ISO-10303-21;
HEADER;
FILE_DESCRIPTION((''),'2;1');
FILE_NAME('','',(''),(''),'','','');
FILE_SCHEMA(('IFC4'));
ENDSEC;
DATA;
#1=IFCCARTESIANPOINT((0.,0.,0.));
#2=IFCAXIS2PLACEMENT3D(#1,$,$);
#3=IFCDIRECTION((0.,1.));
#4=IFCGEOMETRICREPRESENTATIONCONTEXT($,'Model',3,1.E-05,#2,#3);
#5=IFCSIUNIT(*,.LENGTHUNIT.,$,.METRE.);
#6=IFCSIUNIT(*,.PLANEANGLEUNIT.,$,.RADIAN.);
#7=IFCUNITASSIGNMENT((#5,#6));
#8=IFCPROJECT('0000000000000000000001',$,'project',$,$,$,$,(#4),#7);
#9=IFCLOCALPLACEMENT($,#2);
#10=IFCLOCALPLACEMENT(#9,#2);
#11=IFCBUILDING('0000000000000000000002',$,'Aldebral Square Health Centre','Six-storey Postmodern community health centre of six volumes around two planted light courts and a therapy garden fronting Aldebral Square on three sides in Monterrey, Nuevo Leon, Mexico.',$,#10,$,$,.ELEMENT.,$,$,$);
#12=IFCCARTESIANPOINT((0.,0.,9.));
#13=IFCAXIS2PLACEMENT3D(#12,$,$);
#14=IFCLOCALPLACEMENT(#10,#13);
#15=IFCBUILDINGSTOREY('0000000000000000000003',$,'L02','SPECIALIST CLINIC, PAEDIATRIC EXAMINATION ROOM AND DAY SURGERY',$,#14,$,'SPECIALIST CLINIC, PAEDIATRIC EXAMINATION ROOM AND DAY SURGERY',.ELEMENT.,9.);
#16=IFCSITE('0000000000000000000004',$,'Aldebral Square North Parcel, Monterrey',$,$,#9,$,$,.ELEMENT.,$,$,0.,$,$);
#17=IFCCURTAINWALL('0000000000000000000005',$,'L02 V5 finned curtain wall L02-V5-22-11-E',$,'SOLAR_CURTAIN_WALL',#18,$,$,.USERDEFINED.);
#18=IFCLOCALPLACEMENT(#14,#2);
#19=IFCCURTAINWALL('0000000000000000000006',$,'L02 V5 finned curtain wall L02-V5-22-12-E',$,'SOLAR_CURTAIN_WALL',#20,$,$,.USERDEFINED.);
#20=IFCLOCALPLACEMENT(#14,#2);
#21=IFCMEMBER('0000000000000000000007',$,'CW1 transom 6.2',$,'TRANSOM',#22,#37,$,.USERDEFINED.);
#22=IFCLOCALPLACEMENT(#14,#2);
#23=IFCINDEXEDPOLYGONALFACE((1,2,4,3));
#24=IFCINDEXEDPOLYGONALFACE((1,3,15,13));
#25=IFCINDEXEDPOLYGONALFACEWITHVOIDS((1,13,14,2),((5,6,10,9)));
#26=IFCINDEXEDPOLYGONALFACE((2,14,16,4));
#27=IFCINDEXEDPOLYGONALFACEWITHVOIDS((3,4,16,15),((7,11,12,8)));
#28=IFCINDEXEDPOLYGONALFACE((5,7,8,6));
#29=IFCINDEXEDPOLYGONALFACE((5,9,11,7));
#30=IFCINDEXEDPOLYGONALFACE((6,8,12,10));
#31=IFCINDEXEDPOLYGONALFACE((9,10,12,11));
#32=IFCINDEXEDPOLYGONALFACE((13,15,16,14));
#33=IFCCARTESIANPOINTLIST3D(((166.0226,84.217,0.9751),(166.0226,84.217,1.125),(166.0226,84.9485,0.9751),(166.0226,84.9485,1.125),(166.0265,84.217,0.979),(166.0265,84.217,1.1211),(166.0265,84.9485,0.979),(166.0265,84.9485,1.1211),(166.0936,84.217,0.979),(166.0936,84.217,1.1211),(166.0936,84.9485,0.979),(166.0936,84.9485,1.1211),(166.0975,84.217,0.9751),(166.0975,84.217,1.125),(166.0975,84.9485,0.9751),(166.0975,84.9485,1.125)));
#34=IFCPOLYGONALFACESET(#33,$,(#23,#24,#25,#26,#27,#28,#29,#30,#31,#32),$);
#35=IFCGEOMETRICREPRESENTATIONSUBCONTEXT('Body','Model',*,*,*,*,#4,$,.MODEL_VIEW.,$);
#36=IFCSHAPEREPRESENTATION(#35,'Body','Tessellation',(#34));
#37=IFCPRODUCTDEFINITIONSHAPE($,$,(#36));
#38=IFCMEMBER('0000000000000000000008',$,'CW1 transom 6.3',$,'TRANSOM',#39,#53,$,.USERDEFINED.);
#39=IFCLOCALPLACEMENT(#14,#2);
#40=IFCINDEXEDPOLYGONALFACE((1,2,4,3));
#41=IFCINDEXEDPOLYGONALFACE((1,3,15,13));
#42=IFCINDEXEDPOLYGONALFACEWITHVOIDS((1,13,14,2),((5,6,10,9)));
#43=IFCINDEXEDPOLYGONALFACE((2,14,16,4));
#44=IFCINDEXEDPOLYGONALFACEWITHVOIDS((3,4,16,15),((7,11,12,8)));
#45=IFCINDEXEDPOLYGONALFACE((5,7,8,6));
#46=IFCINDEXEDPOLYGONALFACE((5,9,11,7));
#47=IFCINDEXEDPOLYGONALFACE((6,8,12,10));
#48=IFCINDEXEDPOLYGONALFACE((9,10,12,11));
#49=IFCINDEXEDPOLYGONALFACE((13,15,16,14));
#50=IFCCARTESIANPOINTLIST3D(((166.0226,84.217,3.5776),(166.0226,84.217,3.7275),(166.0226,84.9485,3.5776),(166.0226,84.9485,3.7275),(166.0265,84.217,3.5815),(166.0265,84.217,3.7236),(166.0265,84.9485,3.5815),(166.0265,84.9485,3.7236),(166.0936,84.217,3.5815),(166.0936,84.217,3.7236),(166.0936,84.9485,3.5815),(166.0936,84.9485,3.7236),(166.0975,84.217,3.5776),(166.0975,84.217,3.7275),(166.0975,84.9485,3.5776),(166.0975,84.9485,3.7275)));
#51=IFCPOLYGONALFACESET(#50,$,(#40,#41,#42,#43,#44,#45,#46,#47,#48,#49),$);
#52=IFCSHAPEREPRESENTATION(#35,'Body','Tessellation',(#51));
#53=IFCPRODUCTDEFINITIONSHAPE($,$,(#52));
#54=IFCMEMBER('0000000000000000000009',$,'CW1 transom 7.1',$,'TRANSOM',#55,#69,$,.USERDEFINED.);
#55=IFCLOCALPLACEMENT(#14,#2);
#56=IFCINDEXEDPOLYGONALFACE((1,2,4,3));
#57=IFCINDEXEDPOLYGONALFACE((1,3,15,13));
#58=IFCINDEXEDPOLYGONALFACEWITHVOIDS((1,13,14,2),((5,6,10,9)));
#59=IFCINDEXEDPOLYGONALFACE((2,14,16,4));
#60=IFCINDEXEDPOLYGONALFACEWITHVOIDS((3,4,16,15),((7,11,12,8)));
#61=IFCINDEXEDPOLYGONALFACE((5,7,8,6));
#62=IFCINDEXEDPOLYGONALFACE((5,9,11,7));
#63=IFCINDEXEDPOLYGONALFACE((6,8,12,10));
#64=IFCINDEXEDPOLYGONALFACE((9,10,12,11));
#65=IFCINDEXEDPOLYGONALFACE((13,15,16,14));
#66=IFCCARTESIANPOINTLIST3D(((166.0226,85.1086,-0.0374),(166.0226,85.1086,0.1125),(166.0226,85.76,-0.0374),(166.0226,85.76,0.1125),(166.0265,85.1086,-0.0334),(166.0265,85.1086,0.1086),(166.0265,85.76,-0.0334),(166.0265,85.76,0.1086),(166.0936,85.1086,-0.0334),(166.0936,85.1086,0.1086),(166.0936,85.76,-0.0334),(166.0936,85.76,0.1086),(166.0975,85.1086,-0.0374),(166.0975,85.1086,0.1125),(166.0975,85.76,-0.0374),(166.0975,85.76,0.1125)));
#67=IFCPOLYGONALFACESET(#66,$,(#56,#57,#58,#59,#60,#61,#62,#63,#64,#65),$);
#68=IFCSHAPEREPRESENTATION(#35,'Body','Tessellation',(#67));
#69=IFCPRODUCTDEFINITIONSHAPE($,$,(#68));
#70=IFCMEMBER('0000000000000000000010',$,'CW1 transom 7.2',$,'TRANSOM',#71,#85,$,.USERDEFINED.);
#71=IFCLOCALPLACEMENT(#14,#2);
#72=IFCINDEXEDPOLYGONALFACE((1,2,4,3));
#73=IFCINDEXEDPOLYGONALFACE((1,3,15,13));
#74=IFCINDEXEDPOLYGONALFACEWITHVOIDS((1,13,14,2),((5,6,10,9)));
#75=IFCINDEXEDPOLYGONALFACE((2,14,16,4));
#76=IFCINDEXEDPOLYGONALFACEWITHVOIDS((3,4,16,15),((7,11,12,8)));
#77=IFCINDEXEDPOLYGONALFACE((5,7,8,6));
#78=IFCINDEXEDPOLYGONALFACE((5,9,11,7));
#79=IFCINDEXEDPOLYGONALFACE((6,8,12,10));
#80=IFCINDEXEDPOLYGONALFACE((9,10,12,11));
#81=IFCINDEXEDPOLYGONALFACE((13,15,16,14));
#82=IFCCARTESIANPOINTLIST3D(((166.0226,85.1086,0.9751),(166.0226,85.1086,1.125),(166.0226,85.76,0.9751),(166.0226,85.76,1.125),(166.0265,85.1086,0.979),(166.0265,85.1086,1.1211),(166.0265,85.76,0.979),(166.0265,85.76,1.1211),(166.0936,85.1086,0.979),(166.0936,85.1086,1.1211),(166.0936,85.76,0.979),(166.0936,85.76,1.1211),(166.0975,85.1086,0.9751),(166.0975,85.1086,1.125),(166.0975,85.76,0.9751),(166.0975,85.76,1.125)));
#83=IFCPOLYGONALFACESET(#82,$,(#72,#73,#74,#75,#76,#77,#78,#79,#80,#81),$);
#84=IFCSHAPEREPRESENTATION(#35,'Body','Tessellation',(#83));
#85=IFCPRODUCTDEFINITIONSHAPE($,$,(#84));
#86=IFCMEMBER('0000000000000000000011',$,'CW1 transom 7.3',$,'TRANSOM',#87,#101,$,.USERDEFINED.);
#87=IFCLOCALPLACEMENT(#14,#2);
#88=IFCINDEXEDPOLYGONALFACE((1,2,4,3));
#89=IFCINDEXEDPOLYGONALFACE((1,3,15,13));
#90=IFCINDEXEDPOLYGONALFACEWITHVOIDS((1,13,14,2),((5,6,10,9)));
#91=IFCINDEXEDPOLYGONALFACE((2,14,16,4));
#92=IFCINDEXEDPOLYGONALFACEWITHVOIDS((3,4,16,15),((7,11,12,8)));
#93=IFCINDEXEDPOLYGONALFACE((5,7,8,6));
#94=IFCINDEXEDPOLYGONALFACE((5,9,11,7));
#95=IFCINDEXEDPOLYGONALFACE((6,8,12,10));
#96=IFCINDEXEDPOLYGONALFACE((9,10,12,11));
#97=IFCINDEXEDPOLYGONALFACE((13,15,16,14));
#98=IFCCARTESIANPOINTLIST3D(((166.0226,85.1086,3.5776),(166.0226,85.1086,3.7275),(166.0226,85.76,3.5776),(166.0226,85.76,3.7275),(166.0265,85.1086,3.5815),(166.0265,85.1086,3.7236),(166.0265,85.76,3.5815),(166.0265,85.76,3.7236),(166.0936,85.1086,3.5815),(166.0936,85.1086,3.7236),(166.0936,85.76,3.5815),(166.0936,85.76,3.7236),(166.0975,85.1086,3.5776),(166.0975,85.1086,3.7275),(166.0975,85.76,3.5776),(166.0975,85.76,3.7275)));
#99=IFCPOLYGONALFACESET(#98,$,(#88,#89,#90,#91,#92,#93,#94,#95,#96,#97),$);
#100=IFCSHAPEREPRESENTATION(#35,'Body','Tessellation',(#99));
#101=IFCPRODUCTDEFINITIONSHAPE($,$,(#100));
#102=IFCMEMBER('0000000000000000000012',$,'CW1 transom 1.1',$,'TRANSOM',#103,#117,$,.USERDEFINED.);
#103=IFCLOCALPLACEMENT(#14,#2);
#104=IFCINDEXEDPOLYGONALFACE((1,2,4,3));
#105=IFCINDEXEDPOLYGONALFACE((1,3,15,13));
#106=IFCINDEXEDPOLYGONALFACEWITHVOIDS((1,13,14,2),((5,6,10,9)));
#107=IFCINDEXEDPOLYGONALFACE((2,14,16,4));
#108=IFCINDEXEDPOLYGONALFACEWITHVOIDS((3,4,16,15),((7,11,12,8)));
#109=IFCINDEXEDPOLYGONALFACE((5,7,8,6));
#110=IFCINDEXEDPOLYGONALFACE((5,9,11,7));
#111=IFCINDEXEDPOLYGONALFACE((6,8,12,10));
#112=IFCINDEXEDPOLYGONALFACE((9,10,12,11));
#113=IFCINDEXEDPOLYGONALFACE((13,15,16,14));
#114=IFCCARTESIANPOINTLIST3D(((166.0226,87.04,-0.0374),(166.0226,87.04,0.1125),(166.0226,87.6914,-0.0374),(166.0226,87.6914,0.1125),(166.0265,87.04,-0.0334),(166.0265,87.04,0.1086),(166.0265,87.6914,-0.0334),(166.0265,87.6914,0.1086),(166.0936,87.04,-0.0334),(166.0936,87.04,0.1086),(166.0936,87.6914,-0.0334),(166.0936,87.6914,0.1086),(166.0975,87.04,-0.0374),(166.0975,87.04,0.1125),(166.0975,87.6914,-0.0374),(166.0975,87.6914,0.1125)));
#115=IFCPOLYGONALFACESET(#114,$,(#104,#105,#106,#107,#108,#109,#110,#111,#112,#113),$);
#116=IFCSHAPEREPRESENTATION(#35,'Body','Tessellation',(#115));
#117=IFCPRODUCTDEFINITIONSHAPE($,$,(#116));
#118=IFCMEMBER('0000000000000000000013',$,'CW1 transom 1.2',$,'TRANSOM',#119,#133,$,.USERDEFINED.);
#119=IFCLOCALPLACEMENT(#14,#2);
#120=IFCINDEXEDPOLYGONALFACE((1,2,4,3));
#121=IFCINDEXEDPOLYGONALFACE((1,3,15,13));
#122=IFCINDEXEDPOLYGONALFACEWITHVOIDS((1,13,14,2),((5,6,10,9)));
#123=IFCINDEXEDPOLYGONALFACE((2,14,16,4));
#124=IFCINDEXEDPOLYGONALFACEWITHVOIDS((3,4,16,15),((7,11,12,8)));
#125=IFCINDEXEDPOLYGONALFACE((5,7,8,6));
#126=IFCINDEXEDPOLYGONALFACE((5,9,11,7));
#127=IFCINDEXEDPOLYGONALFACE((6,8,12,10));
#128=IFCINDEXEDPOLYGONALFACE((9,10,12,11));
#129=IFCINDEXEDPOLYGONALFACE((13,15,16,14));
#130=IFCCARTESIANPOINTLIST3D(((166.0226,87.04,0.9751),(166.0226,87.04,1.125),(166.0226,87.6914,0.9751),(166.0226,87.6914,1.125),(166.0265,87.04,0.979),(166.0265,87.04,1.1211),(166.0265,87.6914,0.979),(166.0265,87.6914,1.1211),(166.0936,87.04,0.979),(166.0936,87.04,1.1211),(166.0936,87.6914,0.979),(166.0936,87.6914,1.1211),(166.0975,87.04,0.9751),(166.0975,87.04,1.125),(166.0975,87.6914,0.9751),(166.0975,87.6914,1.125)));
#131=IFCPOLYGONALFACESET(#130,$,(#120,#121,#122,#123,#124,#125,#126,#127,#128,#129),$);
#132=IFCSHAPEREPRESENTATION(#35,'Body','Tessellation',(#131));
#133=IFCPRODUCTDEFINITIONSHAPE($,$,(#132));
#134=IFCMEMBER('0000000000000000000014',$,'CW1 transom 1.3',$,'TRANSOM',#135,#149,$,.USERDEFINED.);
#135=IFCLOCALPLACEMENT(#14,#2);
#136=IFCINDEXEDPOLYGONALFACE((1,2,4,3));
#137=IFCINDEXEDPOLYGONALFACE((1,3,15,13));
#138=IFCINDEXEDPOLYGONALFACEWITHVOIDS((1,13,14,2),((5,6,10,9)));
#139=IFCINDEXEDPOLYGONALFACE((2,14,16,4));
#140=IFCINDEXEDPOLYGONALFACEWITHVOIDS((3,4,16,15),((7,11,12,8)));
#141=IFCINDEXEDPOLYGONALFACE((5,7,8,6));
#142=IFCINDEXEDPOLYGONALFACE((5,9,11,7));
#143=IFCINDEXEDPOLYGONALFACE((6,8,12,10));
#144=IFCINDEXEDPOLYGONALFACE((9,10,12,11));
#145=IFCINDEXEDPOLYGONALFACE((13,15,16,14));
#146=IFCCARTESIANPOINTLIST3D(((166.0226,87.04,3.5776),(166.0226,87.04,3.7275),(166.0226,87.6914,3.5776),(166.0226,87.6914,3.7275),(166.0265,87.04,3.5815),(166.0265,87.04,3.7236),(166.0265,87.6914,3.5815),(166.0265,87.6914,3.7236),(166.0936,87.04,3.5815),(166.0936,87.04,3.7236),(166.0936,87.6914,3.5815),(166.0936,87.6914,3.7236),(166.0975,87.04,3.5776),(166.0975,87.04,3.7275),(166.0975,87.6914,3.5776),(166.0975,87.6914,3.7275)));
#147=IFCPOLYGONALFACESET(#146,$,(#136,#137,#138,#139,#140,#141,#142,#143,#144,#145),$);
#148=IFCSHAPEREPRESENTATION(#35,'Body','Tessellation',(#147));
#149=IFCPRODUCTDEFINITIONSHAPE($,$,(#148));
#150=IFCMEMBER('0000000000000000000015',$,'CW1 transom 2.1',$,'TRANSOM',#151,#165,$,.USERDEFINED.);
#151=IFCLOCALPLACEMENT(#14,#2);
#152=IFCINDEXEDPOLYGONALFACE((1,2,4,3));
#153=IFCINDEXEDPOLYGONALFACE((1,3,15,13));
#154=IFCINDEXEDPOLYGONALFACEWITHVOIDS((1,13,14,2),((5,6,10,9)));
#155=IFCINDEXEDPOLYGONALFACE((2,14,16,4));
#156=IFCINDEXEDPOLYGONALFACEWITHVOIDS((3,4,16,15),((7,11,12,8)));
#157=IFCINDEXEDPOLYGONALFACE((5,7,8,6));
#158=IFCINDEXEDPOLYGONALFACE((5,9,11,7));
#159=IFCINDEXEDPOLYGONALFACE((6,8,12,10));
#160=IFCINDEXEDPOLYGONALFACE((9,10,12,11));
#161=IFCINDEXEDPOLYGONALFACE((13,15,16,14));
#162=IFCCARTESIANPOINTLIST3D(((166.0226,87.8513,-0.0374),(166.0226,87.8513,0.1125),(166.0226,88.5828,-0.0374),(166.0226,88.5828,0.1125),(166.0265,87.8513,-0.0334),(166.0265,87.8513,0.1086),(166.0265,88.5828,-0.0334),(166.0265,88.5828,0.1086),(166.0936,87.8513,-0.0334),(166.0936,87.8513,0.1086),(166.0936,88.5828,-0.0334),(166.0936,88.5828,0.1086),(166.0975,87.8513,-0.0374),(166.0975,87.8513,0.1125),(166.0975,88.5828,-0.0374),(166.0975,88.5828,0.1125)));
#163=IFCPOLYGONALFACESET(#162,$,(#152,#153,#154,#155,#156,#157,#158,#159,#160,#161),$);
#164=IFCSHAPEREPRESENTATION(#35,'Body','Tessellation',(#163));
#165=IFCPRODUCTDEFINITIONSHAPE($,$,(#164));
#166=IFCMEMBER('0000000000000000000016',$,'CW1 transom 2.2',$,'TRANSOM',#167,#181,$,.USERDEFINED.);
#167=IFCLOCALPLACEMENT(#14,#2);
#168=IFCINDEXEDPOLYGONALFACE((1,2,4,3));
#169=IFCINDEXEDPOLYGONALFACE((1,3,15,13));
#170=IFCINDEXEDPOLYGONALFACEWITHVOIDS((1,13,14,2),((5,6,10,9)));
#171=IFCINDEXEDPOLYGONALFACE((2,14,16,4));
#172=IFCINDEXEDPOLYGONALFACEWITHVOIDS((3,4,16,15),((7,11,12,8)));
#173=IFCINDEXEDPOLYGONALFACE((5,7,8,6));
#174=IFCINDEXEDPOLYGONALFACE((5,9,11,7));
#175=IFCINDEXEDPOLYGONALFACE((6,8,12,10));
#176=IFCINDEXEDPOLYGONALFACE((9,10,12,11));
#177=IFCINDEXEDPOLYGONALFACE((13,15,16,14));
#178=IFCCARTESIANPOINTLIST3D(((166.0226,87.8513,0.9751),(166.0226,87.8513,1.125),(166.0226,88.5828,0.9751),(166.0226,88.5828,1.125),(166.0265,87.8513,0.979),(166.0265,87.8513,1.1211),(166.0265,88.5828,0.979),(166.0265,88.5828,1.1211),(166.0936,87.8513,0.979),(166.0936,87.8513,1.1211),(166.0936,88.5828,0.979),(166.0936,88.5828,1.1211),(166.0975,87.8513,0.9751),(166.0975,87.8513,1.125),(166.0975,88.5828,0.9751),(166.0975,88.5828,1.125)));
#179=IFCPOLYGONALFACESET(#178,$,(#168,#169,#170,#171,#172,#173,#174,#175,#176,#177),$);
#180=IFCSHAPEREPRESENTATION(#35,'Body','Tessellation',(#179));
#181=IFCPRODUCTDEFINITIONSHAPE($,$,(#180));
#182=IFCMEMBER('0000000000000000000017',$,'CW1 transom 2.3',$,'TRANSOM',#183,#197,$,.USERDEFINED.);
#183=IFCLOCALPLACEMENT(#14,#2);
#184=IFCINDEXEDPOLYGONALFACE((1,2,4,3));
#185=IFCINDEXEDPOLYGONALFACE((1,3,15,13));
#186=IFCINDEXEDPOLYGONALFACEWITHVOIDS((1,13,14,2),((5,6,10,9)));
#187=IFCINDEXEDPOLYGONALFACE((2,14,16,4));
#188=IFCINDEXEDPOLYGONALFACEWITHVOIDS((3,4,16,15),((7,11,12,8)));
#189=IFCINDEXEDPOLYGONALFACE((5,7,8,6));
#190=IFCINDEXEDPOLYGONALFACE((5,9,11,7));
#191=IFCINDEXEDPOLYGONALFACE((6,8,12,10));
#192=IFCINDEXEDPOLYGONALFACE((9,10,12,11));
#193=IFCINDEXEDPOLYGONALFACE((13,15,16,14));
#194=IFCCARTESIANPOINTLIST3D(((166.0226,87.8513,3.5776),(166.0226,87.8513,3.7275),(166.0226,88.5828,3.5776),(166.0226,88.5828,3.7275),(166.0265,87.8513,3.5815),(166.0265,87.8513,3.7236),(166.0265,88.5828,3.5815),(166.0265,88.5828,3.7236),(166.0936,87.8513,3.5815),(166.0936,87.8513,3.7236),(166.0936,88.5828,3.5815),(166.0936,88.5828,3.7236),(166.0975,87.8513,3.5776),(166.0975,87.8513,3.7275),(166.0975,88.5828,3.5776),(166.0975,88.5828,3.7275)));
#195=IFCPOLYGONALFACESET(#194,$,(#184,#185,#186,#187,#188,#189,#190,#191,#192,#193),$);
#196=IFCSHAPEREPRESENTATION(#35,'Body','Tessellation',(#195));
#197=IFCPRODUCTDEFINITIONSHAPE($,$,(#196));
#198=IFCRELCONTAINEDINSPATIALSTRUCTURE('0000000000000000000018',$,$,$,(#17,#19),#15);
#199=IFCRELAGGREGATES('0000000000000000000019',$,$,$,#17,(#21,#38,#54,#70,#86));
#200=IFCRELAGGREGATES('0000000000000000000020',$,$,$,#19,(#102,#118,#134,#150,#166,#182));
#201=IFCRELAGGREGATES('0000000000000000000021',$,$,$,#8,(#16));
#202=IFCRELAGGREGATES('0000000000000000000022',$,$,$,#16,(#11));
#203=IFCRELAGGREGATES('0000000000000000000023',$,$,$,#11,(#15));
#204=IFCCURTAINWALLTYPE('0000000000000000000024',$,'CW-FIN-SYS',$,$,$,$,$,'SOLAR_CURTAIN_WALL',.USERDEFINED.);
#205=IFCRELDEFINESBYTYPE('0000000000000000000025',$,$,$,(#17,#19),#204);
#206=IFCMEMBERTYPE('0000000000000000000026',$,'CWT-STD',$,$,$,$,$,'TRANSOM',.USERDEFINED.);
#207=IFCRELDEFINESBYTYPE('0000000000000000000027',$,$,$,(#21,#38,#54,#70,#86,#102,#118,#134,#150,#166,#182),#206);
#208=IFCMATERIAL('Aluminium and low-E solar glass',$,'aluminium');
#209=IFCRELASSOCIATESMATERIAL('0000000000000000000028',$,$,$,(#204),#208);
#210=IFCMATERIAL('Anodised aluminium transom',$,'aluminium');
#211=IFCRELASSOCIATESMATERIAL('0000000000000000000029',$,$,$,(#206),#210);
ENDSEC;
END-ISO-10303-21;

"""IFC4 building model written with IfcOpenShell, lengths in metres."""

from ifc_helpers import new_model, si_unit, direction, frame, origin, origin_2d, place, context, subcontext, project, spatial, hollow_rectangle, extrude, material, material_profile, profile_set, type_object, element, aggregate, save


model = new_model("IFC4")

# Units and contexts
model_context = context("Model", 3, precision=1e-05, world=origin(), true_north=direction((0.0, 1.0)))
body_context = subcontext(model_context, "Body", "Model", "MODEL_VIEW")
ifc_project = project(units=[si_unit("LENGTHUNIT", "METRE"), si_unit("PLANEANGLEUNIT", "RADIAN")], contexts=[model_context])

# Site, building, storey
site_placement = place(None, origin())
site = spatial("IfcSite", under=ifc_project, at=site_placement, Name="Aldebral Square North Parcel, Monterrey", CompositionType="ELEMENT", RefElevation=0.0)
building_placement = place(site_placement, origin())
building = spatial("IfcBuilding", under=site, at=building_placement, Name="Aldebral Square Health Centre", Description="Six-storey Postmodern community health centre of six volumes around two planted light courts and a therapy garden fronting Aldebral Square on three sides in Monterrey, Nuevo Leon, Mexico.", CompositionType="ELEMENT")
storey_placement = place(building_placement, frame((0.0, 0.0, 9.0)))
storey = spatial("IfcBuildingStorey", under=building, at=storey_placement, Name="L02", Description="SPECIALIST CLINIC, PAEDIATRIC EXAMINATION ROOM AND DAY SURGERY", LongName="SPECIALIST CLINIC, PAEDIATRIC EXAMINATION ROOM AND DAY SURGERY", CompositionType="ELEMENT", Elevation=9.0)

# Curtain walls
ifc_material_1 = material(Name="Aluminium and low-E solar glass", Category="aluminium")
curtain_wall_type = type_object("IfcCurtainWallType", Name="CW-FIN-SYS", ElementType="SOLAR_CURTAIN_WALL", PredefinedType="USERDEFINED", material=ifc_material_1)
curtain_wall_1_placement = place(storey_placement, origin())
curtain_wall_1 = element("IfcCurtainWall", 1, at=curtain_wall_1_placement, inside=storey, type_object=curtain_wall_type, Name="L02 V5 finned curtain wall L02-V5-22-11-E", ObjectType="SOLAR_CURTAIN_WALL", PredefinedType="USERDEFINED")
curtain_wall_2_placement = place(storey_placement, origin())
curtain_wall_2 = element("IfcCurtainWall", 2, at=curtain_wall_2_placement, inside=storey, type_object=curtain_wall_type, Name="L02 V5 finned curtain wall L02-V5-22-12-E", ObjectType="SOLAR_CURTAIN_WALL", PredefinedType="USERDEFINED")

# Members
ifc_material_2 = material(Name="Anodised aluminium transom", Category="aluminium")
ifc_material_profile_1 = material_profile(ifc_material_2, hollow_rectangle(XDim=0.075, YDim=0.1499, WallThickness=0.0039, at=origin_2d()), Name="CWT 75x150x4")
ifc_profile_set_1 = profile_set([ifc_material_profile_1], Name="Anodised aluminium transom")
member_type_1 = type_object("IfcMemberType", Name="CWT-STD", ElementType="TRANSOM", PredefinedType="USERDEFINED", material=ifc_profile_set_1)
member_1_placement = place(storey_placement, frame((166.0601, 84.217, 1.05), z_axis=(0.0, 1.0, 0.0), x_axis=(-1.0, 0.0, 0.0)))
member_1 = element("IfcMember", 3, at=member_1_placement, type_object=member_type_1, Name="CW1 transom 6.2", ObjectType="TRANSOM", PredefinedType="USERDEFINED", context=body_context, shape_type="SweptSolid", body=[
    extrude(hollow_rectangle(XDim=0.075, YDim=0.1499, WallThickness=0.0039, at=origin_2d()), origin(), (0.0, 0.0, 1.0), 0.7314),
])
member_2_placement = place(storey_placement, frame((166.0601, 84.217, 3.6526), z_axis=(0.0, 1.0, 0.0), x_axis=(-1.0, 0.0, 0.0)))
member_2 = element("IfcMember", 4, at=member_2_placement, type_object=member_type_1, Name="CW1 transom 6.3", ObjectType="TRANSOM", PredefinedType="USERDEFINED", context=body_context, shape_type="SweptSolid", body=[
    extrude(hollow_rectangle(XDim=0.075, YDim=0.1499, WallThickness=0.0039, at=origin_2d()), origin(), (0.0, 0.0, 1.0), 0.7314),
])
member_3_placement = place(storey_placement, frame((166.0601, 85.1086, 0.0376), z_axis=(0.0, 1.0, 0.0), x_axis=(-1.0, 0.0, 0.0)))
member_3 = element("IfcMember", 5, at=member_3_placement, type_object=member_type_1, Name="CW1 transom 7.1", ObjectType="TRANSOM", PredefinedType="USERDEFINED", context=body_context, shape_type="SweptSolid", body=[
    extrude(hollow_rectangle(XDim=0.075, YDim=0.1499, WallThickness=0.0039, at=origin_2d()), origin(), (0.0, 0.0, 1.0), 0.6514),
])
member_4_placement = place(storey_placement, frame((166.0601, 85.1086, 1.05), z_axis=(0.0, 1.0, 0.0), x_axis=(-1.0, 0.0, 0.0)))
member_4 = element("IfcMember", 6, at=member_4_placement, type_object=member_type_1, Name="CW1 transom 7.2", ObjectType="TRANSOM", PredefinedType="USERDEFINED", context=body_context, shape_type="SweptSolid", body=[
    extrude(hollow_rectangle(XDim=0.075, YDim=0.1499, WallThickness=0.0039, at=origin_2d()), origin(), (0.0, 0.0, 1.0), 0.6514),
])
member_5_placement = place(storey_placement, frame((166.0601, 85.1086, 3.6526), z_axis=(0.0, 1.0, 0.0), x_axis=(-1.0, 0.0, 0.0)))
member_5 = element("IfcMember", 7, at=member_5_placement, type_object=member_type_1, Name="CW1 transom 7.3", ObjectType="TRANSOM", PredefinedType="USERDEFINED", context=body_context, shape_type="SweptSolid", body=[
    extrude(hollow_rectangle(XDim=0.075, YDim=0.1499, WallThickness=0.0039, at=origin_2d()), origin(), (0.0, 0.0, 1.0), 0.6514),
])
member_6_placement = place(storey_placement, frame((166.0601, 87.04, 0.0376), z_axis=(0.0, 1.0, 0.0), x_axis=(-1.0, 0.0, 0.0)))
member_6 = element("IfcMember", 8, at=member_6_placement, type_object=member_type_1, Name="CW1 transom 1.1", ObjectType="TRANSOM", PredefinedType="USERDEFINED", context=body_context, shape_type="SweptSolid", body=[
    extrude(hollow_rectangle(XDim=0.075, YDim=0.1499, WallThickness=0.0039, at=origin_2d()), origin(), (0.0, 0.0, 1.0), 0.6514),
])
member_7_placement = place(storey_placement, frame((166.0601, 87.04, 1.05), z_axis=(0.0, 1.0, 0.0), x_axis=(-1.0, 0.0, 0.0)))
member_7 = element("IfcMember", 9, at=member_7_placement, type_object=member_type_1, Name="CW1 transom 1.2", ObjectType="TRANSOM", PredefinedType="USERDEFINED", context=body_context, shape_type="SweptSolid", body=[
    extrude(hollow_rectangle(XDim=0.075, YDim=0.1499, WallThickness=0.0039, at=origin_2d()), origin(), (0.0, 0.0, 1.0), 0.6514),
])
member_8_placement = place(storey_placement, frame((166.0601, 87.04, 3.6526), z_axis=(0.0, 1.0, 0.0), x_axis=(-1.0, 0.0, 0.0)))
member_8 = element("IfcMember", 10, at=member_8_placement, type_object=member_type_1, Name="CW1 transom 1.3", ObjectType="TRANSOM", PredefinedType="USERDEFINED", context=body_context, shape_type="SweptSolid", body=[
    extrude(hollow_rectangle(XDim=0.075, YDim=0.1499, WallThickness=0.0039, at=origin_2d()), origin(), (0.0, 0.0, 1.0), 0.6514),
])
member_9_placement = place(storey_placement, frame((166.0601, 87.8513, 0.0376), z_axis=(0.0, 1.0, 0.0), x_axis=(-1.0, 0.0, 0.0)))
member_9 = element("IfcMember", 11, at=member_9_placement, type_object=member_type_1, Name="CW1 transom 2.1", ObjectType="TRANSOM", PredefinedType="USERDEFINED", context=body_context, shape_type="SweptSolid", body=[
    extrude(hollow_rectangle(XDim=0.075, YDim=0.1499, WallThickness=0.0039, at=origin_2d()), origin(), (0.0, 0.0, 1.0), 0.7314),
])
member_10_placement = place(storey_placement, frame((166.0601, 87.8513, 1.05), z_axis=(0.0, 1.0, 0.0), x_axis=(-1.0, 0.0, 0.0)))
member_10 = element("IfcMember", 12, at=member_10_placement, type_object=member_type_1, Name="CW1 transom 2.2", ObjectType="TRANSOM", PredefinedType="USERDEFINED", context=body_context, shape_type="SweptSolid", body=[
    extrude(hollow_rectangle(XDim=0.075, YDim=0.1499, WallThickness=0.0039, at=origin_2d()), origin(), (0.0, 0.0, 1.0), 0.7314),
])
member_11_placement = place(storey_placement, frame((166.0601, 87.8513, 3.6526), z_axis=(0.0, 1.0, 0.0), x_axis=(-1.0, 0.0, 0.0)))
member_11 = element("IfcMember", 13, at=member_11_placement, type_object=member_type_1, Name="CW1 transom 2.3", ObjectType="TRANSOM", PredefinedType="USERDEFINED", context=body_context, shape_type="SweptSolid", body=[
    extrude(hollow_rectangle(XDim=0.075, YDim=0.1499, WallThickness=0.0039, at=origin_2d()), origin(), (0.0, 0.0, 1.0), 0.7314),
])

aggregate(curtain_wall_1, [member_1, member_2, member_3, member_4, member_5])
aggregate(curtain_wall_2, [member_6, member_7, member_8, member_9, member_10, member_11])

save(model, "model.ifc")
